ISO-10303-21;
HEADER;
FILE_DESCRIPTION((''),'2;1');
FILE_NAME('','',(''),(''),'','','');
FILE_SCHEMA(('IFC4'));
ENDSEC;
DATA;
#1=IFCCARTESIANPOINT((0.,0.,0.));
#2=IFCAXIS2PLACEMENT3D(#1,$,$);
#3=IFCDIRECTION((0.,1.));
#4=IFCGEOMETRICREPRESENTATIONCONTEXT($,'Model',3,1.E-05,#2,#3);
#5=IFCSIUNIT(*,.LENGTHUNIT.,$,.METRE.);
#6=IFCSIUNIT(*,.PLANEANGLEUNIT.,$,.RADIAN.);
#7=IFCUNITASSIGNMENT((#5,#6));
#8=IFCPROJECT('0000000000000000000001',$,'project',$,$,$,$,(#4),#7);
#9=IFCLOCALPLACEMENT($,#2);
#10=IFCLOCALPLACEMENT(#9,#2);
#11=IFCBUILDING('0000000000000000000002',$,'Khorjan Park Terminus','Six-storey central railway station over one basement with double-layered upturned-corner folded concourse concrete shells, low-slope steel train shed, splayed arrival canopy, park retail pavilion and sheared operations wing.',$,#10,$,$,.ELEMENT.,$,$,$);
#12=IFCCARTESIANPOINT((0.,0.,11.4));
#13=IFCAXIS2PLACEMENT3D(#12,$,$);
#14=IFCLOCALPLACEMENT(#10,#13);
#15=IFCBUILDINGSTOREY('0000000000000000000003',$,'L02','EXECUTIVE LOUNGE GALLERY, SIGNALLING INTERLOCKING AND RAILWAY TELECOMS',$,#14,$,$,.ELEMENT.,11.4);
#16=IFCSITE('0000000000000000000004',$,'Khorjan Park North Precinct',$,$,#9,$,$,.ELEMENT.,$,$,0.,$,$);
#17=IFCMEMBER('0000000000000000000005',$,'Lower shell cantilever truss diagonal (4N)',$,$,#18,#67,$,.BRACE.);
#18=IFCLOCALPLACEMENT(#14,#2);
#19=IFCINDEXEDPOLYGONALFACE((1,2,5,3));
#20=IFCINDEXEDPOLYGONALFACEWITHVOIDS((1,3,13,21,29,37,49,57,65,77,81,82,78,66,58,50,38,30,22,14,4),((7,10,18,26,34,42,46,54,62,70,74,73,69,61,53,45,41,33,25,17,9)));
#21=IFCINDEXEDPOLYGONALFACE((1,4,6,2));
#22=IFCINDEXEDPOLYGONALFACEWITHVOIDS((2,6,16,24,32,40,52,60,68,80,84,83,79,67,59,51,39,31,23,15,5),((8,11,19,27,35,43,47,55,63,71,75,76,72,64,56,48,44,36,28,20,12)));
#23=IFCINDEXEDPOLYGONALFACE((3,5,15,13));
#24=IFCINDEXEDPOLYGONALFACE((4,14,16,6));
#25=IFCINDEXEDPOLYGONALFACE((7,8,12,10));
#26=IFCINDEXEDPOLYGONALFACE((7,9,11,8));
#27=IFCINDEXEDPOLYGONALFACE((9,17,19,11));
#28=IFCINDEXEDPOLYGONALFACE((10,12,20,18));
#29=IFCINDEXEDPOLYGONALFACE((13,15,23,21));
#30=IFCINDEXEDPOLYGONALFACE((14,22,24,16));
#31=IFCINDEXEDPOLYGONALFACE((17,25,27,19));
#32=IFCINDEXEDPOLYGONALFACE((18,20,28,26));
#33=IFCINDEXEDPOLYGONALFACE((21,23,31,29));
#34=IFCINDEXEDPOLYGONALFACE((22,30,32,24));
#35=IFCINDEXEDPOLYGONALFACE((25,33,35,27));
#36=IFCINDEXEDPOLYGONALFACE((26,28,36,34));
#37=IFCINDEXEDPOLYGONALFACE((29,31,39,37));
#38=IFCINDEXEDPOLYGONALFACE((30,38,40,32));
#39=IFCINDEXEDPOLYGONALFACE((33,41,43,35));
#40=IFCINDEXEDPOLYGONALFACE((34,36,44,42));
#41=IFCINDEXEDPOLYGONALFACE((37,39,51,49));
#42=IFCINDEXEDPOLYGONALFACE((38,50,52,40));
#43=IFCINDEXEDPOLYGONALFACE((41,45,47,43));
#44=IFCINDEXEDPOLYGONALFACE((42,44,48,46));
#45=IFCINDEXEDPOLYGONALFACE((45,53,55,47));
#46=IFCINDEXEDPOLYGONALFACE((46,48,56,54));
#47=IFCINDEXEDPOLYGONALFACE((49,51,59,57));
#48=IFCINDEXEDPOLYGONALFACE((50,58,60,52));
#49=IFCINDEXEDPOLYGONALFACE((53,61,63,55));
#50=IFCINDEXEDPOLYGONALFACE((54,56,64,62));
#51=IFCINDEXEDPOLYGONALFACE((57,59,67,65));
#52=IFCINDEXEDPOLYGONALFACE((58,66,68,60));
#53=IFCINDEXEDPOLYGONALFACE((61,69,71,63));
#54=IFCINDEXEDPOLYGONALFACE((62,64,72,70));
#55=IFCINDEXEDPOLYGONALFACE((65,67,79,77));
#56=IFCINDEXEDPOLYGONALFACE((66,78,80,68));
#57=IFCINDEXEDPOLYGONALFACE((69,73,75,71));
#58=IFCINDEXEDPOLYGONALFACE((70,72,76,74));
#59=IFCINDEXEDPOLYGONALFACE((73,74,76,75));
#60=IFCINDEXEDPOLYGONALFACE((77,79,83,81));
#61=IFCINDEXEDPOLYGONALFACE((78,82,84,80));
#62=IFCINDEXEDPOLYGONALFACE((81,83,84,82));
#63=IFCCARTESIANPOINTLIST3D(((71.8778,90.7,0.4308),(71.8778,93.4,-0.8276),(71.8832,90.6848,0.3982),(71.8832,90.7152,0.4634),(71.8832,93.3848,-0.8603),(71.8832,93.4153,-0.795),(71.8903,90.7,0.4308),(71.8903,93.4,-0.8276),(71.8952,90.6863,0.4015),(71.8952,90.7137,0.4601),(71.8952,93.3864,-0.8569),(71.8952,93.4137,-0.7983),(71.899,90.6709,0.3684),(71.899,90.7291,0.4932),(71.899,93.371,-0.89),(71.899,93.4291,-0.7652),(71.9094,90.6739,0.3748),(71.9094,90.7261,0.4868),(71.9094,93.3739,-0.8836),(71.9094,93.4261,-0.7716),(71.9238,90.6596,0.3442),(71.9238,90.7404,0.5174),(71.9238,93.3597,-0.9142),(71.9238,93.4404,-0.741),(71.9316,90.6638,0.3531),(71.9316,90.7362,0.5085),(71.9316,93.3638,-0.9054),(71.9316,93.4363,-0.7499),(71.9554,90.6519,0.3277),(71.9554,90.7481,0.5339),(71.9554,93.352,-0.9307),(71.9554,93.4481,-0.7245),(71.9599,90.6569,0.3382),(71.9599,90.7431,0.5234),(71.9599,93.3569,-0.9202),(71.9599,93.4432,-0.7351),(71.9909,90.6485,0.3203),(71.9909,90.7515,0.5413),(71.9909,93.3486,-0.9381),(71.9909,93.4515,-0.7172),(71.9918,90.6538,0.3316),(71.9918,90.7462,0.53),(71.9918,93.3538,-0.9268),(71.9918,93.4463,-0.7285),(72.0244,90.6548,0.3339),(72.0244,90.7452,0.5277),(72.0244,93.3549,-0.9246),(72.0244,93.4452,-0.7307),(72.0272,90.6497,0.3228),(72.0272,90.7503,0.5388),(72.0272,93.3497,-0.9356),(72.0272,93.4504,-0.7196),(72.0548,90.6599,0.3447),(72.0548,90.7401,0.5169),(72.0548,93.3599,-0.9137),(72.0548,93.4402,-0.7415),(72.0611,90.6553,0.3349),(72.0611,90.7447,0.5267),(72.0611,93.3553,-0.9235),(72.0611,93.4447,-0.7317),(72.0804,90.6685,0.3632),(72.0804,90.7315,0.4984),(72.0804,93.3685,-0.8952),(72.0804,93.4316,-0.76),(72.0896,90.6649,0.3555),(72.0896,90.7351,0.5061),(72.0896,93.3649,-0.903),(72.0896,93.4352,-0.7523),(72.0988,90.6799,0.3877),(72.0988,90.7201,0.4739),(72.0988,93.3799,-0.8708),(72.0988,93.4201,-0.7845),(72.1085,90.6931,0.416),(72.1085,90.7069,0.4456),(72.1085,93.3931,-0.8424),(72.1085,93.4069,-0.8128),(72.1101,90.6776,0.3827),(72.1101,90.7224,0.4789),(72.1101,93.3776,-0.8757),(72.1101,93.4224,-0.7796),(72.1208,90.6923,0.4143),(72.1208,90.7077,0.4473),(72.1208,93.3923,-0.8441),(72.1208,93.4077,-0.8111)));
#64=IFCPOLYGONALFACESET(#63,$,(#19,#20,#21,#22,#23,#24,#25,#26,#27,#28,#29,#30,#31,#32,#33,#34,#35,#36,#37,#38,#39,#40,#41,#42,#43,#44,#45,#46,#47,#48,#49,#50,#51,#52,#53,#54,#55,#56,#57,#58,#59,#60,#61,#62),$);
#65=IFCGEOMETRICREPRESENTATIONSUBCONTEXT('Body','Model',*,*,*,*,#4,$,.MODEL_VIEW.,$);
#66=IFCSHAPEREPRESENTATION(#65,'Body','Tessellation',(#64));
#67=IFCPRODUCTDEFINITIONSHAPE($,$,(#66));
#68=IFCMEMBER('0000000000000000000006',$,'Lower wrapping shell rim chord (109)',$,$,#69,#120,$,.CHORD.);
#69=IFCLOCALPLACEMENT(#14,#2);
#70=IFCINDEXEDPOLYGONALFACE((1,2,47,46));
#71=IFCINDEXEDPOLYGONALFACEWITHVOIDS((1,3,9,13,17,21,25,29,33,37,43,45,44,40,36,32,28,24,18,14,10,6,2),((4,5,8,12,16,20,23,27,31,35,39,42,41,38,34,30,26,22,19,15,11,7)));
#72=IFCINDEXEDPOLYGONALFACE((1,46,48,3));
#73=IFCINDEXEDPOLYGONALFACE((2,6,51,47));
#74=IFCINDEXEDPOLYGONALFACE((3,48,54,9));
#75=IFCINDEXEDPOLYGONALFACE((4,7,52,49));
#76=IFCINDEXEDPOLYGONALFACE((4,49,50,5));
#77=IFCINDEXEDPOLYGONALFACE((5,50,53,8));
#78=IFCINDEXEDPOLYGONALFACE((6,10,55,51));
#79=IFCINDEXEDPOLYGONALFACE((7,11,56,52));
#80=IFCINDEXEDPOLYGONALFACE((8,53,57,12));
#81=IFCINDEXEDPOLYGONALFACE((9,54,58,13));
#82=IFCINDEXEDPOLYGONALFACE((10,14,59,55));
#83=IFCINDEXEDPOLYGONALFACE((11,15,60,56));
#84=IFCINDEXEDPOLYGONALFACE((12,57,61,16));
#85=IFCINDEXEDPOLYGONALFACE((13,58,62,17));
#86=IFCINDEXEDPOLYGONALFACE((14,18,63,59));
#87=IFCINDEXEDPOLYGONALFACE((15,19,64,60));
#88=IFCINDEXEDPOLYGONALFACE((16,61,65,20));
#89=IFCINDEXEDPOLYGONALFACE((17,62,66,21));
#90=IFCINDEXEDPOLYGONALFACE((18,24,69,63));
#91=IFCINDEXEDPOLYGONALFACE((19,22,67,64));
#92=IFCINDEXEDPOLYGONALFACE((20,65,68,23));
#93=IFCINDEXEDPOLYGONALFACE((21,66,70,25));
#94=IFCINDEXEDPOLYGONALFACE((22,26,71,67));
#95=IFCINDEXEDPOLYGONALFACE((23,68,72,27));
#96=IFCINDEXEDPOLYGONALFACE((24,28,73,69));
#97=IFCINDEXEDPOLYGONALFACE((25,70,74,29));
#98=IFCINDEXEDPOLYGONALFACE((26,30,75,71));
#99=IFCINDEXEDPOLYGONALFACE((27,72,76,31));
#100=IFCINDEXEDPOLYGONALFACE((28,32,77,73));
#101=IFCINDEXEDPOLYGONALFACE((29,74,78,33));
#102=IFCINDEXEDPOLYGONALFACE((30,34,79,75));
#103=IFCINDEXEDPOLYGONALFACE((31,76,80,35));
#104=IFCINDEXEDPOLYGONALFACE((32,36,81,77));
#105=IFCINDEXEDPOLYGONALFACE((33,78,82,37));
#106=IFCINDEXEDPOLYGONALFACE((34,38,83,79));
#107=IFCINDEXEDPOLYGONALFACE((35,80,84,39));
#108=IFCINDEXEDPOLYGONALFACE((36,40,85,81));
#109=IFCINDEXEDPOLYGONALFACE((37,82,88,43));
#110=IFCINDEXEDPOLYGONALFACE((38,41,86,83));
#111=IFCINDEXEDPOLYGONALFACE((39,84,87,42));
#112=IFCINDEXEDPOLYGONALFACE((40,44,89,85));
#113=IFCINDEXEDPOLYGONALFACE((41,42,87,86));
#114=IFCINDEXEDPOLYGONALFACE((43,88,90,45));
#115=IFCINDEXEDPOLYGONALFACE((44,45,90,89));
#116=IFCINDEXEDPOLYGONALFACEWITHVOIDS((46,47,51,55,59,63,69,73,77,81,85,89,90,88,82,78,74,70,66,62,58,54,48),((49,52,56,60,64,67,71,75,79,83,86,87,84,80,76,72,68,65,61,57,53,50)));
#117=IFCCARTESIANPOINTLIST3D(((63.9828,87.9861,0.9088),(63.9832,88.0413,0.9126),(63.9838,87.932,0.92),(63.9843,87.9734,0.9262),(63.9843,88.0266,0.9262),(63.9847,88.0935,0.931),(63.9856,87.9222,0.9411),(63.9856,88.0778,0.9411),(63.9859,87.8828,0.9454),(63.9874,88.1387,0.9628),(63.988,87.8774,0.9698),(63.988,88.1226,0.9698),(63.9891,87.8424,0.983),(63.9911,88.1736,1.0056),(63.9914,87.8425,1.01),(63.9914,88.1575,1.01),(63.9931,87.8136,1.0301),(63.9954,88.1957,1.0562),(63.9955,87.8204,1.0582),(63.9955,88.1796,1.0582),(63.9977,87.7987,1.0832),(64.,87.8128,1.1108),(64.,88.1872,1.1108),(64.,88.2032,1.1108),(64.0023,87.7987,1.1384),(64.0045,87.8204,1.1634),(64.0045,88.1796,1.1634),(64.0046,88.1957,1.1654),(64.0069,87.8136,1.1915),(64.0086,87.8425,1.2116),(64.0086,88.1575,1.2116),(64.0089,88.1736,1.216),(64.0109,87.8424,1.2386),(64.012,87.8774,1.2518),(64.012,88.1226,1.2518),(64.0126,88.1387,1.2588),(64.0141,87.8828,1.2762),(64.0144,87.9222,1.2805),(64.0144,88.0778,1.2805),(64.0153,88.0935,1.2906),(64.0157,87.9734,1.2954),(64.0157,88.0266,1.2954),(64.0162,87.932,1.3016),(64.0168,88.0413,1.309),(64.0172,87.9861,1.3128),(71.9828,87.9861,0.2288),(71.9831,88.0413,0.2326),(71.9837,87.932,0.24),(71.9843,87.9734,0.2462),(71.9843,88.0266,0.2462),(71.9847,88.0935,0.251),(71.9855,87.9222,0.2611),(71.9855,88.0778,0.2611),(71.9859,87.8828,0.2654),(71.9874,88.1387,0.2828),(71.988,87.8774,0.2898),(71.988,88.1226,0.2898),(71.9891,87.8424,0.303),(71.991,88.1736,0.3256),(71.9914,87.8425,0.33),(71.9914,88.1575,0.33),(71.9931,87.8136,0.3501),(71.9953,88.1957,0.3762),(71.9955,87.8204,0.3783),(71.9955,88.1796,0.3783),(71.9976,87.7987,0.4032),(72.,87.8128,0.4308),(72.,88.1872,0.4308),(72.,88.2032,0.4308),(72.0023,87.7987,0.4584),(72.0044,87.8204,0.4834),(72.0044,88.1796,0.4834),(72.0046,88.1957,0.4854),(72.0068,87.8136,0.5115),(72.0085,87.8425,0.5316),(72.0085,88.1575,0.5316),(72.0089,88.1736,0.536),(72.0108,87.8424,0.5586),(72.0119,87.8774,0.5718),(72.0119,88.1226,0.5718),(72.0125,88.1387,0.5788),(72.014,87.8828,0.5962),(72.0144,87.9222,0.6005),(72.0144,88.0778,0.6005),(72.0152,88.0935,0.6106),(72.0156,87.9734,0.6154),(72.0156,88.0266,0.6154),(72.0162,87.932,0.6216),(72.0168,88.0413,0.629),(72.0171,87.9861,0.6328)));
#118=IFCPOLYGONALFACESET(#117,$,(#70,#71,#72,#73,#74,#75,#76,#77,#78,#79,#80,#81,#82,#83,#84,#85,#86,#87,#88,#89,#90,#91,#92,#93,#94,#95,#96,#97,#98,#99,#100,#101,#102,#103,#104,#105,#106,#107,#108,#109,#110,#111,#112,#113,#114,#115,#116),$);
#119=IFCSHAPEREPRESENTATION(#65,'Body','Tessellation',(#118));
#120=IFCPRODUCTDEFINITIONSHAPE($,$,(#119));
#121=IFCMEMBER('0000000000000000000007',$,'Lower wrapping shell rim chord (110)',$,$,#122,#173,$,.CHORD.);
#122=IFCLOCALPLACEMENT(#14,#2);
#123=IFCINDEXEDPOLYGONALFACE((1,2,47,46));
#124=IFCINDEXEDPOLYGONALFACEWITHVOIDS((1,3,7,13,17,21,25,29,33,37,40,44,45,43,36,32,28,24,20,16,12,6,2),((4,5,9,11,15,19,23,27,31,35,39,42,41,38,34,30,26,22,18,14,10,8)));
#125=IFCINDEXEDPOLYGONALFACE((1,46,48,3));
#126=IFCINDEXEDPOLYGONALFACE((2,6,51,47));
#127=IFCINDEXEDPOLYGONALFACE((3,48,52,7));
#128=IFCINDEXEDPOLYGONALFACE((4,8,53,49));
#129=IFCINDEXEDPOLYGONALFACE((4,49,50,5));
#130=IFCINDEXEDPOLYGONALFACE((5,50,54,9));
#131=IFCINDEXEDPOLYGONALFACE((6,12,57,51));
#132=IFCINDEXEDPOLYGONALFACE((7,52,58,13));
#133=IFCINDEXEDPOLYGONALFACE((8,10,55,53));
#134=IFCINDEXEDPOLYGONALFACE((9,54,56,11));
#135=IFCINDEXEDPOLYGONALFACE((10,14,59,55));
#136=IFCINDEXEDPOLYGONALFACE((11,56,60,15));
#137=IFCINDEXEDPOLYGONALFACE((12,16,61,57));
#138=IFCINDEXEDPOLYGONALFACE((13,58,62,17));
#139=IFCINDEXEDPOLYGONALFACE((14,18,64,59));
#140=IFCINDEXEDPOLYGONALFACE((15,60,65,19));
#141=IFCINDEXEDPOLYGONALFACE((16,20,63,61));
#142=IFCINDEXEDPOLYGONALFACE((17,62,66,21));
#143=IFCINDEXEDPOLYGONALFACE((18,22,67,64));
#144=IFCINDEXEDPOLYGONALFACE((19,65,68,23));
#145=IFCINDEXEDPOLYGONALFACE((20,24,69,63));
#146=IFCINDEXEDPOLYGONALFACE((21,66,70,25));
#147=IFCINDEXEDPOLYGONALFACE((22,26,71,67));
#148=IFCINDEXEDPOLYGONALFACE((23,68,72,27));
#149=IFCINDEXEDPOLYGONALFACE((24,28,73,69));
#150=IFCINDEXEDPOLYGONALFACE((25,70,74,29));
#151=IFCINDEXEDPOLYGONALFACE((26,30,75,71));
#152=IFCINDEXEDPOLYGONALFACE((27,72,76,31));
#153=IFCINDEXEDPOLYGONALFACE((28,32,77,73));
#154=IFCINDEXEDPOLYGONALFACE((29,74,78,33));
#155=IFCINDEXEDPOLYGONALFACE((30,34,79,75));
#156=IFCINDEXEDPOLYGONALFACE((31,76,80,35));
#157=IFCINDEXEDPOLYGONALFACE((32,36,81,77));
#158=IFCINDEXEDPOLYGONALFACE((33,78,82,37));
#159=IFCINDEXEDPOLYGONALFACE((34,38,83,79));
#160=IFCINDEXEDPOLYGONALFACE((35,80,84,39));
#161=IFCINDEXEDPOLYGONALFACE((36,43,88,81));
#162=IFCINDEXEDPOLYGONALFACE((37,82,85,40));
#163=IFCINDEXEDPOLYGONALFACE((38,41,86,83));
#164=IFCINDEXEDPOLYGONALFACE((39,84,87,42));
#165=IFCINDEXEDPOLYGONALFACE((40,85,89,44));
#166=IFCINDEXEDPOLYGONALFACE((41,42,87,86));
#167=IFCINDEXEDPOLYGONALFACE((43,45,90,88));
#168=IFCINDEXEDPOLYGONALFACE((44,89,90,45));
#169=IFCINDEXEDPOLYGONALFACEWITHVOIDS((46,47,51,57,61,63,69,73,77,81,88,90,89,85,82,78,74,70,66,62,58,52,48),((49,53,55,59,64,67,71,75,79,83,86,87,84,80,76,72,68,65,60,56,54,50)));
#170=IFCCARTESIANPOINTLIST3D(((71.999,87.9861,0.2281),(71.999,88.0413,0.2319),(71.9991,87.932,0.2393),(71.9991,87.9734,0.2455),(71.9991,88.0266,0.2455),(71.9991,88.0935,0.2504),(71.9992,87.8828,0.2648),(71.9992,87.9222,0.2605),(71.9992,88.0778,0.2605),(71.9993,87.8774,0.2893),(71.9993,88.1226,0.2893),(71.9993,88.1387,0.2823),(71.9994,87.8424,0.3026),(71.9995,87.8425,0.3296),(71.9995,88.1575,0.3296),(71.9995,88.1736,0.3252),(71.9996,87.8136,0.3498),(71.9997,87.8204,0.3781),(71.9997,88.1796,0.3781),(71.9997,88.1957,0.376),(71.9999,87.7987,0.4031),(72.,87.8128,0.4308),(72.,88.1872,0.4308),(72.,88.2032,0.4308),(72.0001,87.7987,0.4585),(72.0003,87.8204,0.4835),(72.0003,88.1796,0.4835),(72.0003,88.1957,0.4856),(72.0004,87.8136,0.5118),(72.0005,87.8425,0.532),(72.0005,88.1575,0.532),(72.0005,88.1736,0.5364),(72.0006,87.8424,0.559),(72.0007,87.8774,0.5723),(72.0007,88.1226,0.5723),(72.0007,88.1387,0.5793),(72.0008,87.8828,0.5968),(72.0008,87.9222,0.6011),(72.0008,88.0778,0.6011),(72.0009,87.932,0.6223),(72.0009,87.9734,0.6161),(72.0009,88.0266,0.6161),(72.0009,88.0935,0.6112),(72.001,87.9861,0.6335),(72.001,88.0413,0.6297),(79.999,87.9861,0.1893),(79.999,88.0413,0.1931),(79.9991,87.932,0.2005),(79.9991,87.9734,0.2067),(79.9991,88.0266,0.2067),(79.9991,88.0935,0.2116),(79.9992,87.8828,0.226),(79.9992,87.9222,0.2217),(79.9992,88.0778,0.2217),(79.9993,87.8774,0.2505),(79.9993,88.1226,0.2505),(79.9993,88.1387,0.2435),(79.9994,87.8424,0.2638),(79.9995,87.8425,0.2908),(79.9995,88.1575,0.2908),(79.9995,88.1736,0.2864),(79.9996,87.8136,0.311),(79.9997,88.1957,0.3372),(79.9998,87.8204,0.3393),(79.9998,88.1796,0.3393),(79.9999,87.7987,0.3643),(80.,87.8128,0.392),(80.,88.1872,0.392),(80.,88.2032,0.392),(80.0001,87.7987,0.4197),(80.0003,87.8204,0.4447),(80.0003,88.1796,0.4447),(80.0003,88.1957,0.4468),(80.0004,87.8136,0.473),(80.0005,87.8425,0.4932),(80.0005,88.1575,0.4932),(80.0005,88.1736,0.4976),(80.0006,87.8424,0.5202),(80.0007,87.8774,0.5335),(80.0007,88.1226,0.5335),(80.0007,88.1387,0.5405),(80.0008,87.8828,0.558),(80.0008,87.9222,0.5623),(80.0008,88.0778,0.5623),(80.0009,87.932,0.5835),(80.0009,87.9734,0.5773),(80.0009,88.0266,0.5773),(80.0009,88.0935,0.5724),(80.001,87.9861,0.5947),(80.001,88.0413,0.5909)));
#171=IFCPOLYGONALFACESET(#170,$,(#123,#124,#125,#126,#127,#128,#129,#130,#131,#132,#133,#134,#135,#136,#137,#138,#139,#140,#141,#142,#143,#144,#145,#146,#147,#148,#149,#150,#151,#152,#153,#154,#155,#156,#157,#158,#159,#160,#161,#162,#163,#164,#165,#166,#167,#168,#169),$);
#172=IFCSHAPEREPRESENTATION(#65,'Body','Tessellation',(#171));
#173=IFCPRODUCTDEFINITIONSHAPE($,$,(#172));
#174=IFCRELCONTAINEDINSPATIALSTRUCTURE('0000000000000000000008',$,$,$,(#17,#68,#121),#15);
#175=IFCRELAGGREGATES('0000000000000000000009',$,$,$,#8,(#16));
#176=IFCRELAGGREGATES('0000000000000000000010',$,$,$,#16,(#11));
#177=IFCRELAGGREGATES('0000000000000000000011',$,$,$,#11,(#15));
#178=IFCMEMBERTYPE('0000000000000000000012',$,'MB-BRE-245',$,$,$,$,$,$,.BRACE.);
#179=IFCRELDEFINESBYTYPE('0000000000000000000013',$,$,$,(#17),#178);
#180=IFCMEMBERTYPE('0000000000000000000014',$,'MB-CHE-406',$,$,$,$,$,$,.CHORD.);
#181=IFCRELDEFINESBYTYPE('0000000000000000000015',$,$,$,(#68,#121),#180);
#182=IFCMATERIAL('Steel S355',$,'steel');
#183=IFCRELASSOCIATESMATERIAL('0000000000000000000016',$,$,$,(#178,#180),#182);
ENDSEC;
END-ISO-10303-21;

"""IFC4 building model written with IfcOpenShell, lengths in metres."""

from ifc_helpers import new_model, si_unit, direction, frame, origin, origin_2d, place, context, subcontext, project, spatial, hollow_circle, extrude, material, material_profile, profile_set, type_object, element, save


model = new_model("IFC4")

# Units and contexts
model_context = context("Model", 3, precision=1e-05, world=origin(), true_north=direction((0.0, 1.0)))
body_context = subcontext(model_context, "Body", "Model", "MODEL_VIEW")
ifc_project = project(units=[si_unit("LENGTHUNIT", "METRE"), si_unit("PLANEANGLEUNIT", "RADIAN")], contexts=[model_context])

# Site, building, storey
site_placement = place(None, origin())
site = spatial("IfcSite", under=ifc_project, at=site_placement, Name="Khorjan Park North Precinct", CompositionType="ELEMENT", RefElevation=0.0)
building_placement = place(site_placement, origin())
building = spatial("IfcBuilding", under=site, at=building_placement, Name="Khorjan Park Terminus", Description="Six-storey central railway station over one basement with double-layered upturned-corner folded concourse concrete shells, low-slope steel train shed, splayed arrival canopy, park retail pavilion and sheared operations wing.", CompositionType="ELEMENT")
storey_placement = place(building_placement, frame((0.0, 0.0, 11.4)))
storey = spatial("IfcBuildingStorey", under=building, at=storey_placement, Name="L02", Description="EXECUTIVE LOUNGE GALLERY, SIGNALLING INTERLOCKING AND RAILWAY TELECOMS", CompositionType="ELEMENT", Elevation=11.4)

# Members
ifc_material_1 = material(Name="Steel S355", Category="steel")
ifc_material_profile_1 = material_profile(ifc_material_1, hollow_circle(Radius=0.1222, WallThickness=0.0125, at=origin_2d()), Name="CHS 244.5x12.5")
ifc_profile_set_1 = profile_set([ifc_material_profile_1], Name="Steel S355")
member_type_1 = type_object("IfcMemberType", Name="MB-BRE-245", PredefinedType="BRACE", material=ifc_profile_set_1)
member_1_placement = place(storey_placement, frame((72.0, 90.7, 0.4308), z_axis=(0.0, 0.906389, -0.422444), x_axis=(-1.0, 0.0, 0.0)))
element("IfcMember", 1, at=member_1_placement, inside=storey, type_object=member_type_1, Name="Lower shell cantilever truss diagonal (4N)", PredefinedType="BRACE", context=body_context, shape_type="SweptSolid", body=[
    extrude(hollow_circle(Radius=0.1222, WallThickness=0.0125, at=origin_2d()), origin(), (0.0, 0.0, 1.0), 2.9789),
])
ifc_material_profile_2 = material_profile(ifc_material_1, hollow_circle(Radius=0.2032, WallThickness=0.016, at=origin_2d()), Name="CHS 406.4x16")
ifc_profile_set_2 = profile_set([ifc_material_profile_2], Name="Steel S355")
member_type_2 = type_object("IfcMemberType", Name="MB-CHE-406", PredefinedType="CHORD", material=ifc_profile_set_2)
member_2_placement = place(storey_placement, frame((64.0, 88.0, 1.1108), z_axis=(0.996407, 0.0, -0.084695), x_axis=(0.0, 1.0, 0.0)))
element("IfcMember", 2, at=member_2_placement, inside=storey, type_object=member_type_2, Name="Lower wrapping shell rim chord (109)", PredefinedType="CHORD", context=body_context, shape_type="SweptSolid", body=[
    extrude(hollow_circle(Radius=0.2032, WallThickness=0.016, at=origin_2d()), origin(), (0.0, 0.0, 1.0), 8.0288),
])
member_3_placement = place(storey_placement, frame((72.0, 88.0, 0.4308), z_axis=(0.999988, 0.0, -0.00485), x_axis=(0.0, 1.0, 0.0)))
element("IfcMember", 3, at=member_3_placement, inside=storey, type_object=member_type_2, Name="Lower wrapping shell rim chord (110)", PredefinedType="CHORD", context=body_context, shape_type="SweptSolid", body=[
    extrude(hollow_circle(Radius=0.2032, WallThickness=0.016, at=origin_2d()), origin(), (0.0, 0.0, 1.0), 8.0001),
])

save(model, "model.ifc")
